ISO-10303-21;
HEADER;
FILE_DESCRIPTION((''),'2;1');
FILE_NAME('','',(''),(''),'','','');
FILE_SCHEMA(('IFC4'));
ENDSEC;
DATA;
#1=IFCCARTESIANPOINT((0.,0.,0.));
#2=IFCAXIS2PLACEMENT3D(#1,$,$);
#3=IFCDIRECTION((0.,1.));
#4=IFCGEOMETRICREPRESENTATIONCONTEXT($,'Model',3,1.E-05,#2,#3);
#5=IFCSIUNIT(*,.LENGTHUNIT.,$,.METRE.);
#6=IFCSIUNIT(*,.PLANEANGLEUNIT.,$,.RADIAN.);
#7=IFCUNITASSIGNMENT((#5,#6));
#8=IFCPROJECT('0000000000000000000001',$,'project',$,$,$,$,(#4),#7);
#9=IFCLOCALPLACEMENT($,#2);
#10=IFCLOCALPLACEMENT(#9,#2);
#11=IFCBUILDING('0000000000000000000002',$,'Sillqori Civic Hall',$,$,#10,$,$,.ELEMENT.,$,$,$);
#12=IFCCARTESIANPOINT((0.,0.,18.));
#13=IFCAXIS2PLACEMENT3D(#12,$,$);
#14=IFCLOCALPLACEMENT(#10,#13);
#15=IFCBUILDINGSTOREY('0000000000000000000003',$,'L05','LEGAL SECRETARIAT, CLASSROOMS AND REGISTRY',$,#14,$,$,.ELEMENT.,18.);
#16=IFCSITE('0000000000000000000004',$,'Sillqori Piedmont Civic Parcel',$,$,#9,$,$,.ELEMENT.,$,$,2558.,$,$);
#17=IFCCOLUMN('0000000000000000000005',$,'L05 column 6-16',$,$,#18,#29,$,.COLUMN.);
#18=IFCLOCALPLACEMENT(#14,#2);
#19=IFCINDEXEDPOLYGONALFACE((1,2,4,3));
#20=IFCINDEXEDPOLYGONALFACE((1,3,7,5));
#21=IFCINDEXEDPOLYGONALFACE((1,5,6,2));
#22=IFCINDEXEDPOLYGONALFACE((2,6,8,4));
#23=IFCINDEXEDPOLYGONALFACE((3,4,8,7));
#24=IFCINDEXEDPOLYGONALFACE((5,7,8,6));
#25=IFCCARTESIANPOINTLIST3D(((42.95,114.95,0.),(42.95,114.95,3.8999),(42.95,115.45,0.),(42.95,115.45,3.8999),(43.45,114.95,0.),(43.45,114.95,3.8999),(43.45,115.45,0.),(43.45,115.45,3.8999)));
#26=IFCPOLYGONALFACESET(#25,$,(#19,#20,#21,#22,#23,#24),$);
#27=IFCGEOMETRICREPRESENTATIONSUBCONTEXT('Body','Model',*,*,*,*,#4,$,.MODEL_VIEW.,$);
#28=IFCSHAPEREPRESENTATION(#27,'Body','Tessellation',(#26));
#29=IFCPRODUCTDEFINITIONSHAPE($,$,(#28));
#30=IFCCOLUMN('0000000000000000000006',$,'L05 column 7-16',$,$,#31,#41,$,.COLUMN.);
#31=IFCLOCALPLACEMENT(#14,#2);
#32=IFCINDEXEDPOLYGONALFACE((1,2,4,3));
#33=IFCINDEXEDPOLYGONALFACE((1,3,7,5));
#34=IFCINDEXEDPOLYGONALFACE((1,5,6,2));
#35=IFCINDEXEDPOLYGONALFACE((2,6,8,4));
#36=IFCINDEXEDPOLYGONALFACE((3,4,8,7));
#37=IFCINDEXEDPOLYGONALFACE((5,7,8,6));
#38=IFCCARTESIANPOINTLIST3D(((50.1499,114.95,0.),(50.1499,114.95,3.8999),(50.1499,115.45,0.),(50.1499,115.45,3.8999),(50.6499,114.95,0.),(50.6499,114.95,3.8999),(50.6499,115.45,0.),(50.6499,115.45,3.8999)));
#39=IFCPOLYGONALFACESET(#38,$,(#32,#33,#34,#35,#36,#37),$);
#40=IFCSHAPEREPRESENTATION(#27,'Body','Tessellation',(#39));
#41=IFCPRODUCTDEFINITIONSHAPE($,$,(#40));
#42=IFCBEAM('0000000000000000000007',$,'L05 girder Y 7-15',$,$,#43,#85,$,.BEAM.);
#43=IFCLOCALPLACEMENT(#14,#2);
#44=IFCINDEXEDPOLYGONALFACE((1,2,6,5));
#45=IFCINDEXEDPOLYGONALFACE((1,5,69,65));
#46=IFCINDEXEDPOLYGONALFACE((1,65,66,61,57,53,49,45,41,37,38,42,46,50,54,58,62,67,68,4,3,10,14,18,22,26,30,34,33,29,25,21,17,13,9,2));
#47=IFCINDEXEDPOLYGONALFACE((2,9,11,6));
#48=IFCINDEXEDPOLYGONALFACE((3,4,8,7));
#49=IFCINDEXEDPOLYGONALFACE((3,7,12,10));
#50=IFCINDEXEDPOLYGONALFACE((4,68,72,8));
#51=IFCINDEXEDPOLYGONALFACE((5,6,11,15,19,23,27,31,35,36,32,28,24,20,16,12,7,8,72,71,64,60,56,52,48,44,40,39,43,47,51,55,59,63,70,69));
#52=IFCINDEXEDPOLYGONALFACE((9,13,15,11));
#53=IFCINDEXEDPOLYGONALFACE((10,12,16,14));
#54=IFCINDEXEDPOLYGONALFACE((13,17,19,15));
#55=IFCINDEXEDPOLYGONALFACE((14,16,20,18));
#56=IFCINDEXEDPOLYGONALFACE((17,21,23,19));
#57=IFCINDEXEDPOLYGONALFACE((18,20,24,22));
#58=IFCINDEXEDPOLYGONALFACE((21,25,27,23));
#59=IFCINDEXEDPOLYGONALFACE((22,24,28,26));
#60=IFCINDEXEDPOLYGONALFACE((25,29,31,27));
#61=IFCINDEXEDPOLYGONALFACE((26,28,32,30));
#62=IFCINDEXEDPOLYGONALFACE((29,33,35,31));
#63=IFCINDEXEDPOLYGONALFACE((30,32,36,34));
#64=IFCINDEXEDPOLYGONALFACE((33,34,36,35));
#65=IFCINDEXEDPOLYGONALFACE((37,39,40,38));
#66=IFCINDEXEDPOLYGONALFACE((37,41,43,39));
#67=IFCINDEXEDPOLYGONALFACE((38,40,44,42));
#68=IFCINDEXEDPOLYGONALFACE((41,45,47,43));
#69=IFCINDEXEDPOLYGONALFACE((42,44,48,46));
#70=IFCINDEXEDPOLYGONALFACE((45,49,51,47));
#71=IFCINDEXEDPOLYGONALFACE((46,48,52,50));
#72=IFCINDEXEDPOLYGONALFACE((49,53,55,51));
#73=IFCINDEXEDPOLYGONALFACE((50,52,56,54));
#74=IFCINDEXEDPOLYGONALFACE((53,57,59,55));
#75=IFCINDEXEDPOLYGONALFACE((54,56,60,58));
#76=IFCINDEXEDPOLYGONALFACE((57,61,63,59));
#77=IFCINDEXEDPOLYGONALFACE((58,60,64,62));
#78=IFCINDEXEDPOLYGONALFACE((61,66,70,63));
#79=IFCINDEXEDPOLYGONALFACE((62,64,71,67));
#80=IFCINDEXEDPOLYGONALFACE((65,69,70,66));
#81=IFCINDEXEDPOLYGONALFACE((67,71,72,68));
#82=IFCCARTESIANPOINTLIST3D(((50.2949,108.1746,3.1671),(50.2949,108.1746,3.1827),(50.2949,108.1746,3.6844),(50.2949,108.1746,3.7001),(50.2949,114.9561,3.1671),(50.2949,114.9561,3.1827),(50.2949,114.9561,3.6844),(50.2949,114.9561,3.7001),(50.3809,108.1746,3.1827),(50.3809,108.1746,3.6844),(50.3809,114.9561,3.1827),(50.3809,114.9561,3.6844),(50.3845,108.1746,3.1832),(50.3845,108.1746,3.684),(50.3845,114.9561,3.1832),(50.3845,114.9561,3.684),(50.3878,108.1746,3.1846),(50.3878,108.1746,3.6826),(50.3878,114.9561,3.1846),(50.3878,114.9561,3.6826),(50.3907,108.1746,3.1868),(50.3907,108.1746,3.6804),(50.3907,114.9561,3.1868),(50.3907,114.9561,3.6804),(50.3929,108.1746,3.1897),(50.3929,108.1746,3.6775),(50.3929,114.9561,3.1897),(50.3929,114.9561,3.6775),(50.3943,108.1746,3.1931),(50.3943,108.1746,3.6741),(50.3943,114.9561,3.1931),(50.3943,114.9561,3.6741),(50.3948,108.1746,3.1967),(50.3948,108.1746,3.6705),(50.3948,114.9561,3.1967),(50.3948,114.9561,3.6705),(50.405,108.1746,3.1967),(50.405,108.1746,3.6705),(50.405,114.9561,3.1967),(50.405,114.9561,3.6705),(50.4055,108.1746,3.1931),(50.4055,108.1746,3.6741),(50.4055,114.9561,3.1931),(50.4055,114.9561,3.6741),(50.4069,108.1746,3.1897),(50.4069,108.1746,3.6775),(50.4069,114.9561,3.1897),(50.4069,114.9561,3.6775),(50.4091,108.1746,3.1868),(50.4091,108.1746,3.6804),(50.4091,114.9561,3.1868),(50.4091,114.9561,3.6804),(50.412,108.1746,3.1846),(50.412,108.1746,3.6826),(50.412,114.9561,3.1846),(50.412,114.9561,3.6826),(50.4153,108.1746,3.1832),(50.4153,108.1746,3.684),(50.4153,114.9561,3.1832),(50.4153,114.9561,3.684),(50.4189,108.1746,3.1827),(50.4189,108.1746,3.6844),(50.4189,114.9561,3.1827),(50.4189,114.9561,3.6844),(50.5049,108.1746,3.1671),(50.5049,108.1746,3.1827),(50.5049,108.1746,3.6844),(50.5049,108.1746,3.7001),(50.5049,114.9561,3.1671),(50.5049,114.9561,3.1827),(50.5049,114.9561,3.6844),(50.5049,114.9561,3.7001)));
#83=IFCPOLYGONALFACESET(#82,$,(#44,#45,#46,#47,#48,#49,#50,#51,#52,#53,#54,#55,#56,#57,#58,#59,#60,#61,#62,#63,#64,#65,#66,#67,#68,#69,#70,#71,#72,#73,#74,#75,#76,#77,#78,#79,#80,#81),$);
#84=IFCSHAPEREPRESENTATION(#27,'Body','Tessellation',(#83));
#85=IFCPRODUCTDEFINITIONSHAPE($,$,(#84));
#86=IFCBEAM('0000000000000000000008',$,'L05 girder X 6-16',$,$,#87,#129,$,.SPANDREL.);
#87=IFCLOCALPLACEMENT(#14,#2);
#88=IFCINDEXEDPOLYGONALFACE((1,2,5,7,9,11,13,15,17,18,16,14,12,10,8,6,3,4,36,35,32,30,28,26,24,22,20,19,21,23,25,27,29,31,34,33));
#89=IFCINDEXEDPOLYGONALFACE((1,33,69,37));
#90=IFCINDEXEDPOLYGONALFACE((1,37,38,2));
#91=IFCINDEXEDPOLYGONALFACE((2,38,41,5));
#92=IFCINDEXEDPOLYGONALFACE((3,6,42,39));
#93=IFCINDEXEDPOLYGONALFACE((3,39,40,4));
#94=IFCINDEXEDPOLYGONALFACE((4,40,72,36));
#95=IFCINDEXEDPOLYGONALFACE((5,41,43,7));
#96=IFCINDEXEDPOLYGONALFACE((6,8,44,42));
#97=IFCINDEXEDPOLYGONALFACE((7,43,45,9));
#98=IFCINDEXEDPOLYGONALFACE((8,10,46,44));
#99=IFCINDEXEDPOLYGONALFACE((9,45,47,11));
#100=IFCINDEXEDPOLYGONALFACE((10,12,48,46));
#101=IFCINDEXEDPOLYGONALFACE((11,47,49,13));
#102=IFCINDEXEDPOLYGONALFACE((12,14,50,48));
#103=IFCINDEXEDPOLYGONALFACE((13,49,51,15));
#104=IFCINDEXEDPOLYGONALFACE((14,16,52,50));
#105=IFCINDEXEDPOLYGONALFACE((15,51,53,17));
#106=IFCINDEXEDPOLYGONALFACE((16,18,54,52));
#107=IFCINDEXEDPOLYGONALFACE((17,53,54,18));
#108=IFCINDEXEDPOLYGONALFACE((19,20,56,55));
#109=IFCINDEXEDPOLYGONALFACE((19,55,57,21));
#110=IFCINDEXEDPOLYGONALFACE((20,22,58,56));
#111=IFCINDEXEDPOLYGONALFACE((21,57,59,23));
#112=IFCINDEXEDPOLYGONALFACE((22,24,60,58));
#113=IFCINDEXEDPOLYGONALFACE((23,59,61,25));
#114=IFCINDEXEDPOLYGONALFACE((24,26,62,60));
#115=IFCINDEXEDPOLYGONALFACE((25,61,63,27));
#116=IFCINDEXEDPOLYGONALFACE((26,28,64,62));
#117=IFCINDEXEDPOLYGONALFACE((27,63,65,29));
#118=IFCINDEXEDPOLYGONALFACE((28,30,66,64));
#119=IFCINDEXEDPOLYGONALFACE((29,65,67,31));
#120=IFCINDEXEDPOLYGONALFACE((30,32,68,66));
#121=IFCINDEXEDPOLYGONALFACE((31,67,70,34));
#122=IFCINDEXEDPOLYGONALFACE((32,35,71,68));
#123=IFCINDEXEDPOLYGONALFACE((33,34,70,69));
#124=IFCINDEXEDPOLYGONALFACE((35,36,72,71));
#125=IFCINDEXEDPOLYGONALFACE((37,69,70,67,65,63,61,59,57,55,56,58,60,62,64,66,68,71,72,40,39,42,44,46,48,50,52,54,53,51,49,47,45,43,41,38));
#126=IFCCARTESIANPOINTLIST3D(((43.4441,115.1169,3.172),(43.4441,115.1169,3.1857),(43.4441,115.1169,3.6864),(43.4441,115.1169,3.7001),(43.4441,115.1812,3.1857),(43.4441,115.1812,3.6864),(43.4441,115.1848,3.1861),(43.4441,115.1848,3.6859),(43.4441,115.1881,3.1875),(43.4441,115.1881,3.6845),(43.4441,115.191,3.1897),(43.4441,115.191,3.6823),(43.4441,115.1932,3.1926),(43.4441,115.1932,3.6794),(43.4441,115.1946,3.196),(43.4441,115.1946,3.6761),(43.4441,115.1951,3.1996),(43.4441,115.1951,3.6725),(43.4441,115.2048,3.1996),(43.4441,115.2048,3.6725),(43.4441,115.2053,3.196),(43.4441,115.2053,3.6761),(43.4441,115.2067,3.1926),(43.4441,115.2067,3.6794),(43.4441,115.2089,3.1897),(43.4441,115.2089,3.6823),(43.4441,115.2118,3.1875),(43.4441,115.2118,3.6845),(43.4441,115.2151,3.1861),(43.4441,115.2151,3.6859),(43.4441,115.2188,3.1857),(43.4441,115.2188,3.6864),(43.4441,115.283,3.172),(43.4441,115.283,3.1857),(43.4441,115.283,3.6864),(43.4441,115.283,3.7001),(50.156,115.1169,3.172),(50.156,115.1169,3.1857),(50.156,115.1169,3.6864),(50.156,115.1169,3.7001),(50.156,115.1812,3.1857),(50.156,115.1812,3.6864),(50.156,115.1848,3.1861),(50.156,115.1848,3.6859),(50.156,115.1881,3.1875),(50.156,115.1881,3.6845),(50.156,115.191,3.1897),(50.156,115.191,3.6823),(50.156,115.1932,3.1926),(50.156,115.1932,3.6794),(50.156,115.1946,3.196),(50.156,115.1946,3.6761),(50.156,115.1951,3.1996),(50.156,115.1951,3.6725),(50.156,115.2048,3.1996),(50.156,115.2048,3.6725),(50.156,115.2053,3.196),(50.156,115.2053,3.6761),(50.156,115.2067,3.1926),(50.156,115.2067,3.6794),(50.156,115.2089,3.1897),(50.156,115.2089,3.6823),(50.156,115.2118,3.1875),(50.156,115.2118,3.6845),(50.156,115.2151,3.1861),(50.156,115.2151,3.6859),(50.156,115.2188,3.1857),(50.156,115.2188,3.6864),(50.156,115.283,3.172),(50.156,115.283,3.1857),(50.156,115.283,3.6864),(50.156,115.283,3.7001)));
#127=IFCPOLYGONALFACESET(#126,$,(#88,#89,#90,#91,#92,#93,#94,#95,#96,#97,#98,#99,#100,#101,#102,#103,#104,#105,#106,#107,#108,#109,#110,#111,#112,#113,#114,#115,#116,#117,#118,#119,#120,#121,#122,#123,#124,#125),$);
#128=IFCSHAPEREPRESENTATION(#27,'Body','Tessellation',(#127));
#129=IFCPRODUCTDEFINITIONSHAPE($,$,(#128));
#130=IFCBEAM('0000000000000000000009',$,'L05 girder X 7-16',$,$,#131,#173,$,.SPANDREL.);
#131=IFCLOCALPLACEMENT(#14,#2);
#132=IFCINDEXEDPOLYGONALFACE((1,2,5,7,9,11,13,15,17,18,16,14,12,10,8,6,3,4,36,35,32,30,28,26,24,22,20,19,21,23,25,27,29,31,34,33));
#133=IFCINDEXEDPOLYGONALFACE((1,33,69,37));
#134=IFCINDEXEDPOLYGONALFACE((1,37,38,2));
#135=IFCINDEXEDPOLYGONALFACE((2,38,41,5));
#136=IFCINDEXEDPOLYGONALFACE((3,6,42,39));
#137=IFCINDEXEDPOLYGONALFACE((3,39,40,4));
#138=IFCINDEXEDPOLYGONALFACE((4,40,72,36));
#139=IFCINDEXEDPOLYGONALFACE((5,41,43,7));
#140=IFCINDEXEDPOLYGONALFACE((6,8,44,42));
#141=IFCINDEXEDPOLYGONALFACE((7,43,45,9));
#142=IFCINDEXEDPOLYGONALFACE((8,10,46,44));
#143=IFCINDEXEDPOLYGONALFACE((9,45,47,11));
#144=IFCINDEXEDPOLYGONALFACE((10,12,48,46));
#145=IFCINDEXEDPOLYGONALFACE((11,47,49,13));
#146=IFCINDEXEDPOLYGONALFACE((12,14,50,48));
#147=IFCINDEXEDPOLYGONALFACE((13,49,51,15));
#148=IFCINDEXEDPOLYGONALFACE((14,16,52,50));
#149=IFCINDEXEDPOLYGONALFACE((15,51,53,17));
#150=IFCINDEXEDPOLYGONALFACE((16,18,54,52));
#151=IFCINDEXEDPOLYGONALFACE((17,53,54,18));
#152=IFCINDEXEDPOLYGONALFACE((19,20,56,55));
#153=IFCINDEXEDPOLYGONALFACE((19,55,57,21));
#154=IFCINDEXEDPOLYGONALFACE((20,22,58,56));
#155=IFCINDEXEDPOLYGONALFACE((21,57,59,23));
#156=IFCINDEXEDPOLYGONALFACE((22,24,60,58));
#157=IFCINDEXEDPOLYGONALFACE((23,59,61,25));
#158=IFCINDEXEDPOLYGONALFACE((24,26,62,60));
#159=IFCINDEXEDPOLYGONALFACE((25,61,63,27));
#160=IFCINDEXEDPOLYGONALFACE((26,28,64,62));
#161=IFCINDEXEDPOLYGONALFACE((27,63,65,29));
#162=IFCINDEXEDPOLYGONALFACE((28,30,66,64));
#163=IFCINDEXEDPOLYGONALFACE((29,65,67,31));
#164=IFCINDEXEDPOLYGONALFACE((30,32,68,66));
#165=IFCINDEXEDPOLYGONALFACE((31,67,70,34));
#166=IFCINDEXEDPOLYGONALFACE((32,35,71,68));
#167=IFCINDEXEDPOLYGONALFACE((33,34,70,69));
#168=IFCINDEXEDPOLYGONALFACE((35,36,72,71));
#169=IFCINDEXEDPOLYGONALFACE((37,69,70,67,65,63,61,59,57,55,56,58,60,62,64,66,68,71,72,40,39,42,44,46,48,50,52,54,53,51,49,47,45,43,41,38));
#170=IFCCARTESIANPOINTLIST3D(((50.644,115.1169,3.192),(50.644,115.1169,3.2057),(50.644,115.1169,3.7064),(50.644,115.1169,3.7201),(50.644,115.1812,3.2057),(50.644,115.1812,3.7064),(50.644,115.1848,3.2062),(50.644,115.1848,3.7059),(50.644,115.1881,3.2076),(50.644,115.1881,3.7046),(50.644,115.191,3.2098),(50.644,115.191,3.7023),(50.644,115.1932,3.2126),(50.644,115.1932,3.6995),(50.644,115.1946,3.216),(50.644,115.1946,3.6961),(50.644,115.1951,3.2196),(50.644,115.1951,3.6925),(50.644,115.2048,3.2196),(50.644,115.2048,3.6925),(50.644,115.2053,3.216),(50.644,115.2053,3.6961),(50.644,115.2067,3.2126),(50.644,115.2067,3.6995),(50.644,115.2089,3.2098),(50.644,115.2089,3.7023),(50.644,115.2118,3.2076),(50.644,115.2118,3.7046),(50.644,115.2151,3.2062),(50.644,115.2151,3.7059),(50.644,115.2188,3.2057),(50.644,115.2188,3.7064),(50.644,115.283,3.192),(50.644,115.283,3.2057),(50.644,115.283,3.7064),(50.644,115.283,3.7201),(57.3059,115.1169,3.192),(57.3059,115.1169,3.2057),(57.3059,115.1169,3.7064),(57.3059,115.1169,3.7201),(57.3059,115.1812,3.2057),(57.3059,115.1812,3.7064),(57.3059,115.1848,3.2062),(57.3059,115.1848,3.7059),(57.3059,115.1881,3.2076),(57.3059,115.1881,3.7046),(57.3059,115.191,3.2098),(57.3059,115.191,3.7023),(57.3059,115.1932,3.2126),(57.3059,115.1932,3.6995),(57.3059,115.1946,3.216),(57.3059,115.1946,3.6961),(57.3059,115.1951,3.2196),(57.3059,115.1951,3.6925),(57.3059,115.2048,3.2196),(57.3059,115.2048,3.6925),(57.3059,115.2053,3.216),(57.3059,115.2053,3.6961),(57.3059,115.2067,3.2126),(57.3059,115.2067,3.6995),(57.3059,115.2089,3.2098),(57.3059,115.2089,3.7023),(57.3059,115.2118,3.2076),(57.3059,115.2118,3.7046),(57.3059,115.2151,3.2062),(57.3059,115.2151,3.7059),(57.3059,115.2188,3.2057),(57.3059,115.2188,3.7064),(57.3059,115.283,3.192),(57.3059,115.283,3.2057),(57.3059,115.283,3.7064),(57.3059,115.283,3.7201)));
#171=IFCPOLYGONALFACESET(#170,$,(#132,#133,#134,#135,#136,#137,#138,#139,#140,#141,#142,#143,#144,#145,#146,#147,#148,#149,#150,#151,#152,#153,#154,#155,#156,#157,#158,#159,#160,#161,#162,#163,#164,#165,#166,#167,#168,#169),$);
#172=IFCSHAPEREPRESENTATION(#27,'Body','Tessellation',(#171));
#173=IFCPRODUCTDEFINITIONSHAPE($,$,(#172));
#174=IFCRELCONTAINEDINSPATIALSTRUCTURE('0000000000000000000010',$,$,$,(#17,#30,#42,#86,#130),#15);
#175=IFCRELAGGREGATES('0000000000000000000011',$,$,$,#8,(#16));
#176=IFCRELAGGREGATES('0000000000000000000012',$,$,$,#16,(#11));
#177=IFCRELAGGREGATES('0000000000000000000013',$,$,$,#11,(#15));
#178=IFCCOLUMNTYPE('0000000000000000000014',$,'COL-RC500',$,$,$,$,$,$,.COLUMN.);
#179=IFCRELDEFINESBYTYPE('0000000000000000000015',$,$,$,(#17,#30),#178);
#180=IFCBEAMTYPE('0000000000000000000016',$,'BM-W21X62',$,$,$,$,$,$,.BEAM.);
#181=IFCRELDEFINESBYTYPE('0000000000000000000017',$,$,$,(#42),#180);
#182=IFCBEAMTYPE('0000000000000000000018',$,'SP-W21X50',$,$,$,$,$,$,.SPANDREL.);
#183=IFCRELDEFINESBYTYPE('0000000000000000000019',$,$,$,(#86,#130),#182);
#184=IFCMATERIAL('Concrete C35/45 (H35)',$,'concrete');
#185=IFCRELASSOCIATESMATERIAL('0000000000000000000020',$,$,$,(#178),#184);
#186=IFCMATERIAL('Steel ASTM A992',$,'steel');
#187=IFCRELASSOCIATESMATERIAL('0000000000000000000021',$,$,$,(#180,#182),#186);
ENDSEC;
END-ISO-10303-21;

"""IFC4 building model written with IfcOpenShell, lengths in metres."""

from ifc_helpers import new_model, si_unit, direction, frame, origin, origin_2d, place, context, subcontext, project, spatial, rectangle, i_section, extrude, material, material_profile, profile_set, type_object, element, save


model = new_model("IFC4")

# Units and contexts
model_context = context("Model", 3, precision=1e-05, world=origin(), true_north=direction((0.0, 1.0)))
body_context = subcontext(model_context, "Body", "Model", "MODEL_VIEW")
ifc_project = project(units=[si_unit("LENGTHUNIT", "METRE"), si_unit("PLANEANGLEUNIT", "RADIAN")], contexts=[model_context])

# Site, building, storey
site_placement = place(None, origin())
site = spatial("IfcSite", under=ifc_project, at=site_placement, Name="Sillqori Piedmont Civic Parcel", CompositionType="ELEMENT", RefElevation=2558.0)
building_placement = place(site_placement, origin())
building = spatial("IfcBuilding", under=site, at=building_placement, Name="Sillqori Civic Hall", CompositionType="ELEMENT")
storey_placement = place(building_placement, frame((0.0, 0.0, 18.0)))
storey = spatial("IfcBuildingStorey", under=building, at=storey_placement, Name="L05", Description="LEGAL SECRETARIAT, CLASSROOMS AND REGISTRY", CompositionType="ELEMENT", Elevation=18.0)

# Columns
ifc_material_1 = material(Name="Concrete C35/45 (H35)", Category="concrete")
ifc_material_profile_1 = material_profile(ifc_material_1, rectangle(XDim=0.5, YDim=0.5, at=origin_2d()), Name="RC 500x500")
ifc_profile_set_1 = profile_set([ifc_material_profile_1], Name="Concrete C35/45 (H35)")
column_type = type_object("IfcColumnType", Name="COL-RC500", PredefinedType="COLUMN", material=ifc_profile_set_1)
for number, where, z_axis, x_axis, name in (
    (1, (43.2, 115.2, 0.0), (0.0, 0.0, 1.0), (1.0, 0.0, 0.0), "L05 column 6-16"),
    (2, (50.3999, 115.2, 0.0), (0.0, 0.0, 1.0), (1.0, 0.0, 0.0), "L05 column 7-16"),
):
    element("IfcColumn", number, at=place(storey_placement, frame(where, z_axis=z_axis, x_axis=x_axis)), inside=storey, type_object=column_type, Name=name, PredefinedType="COLUMN", context=body_context, shape_type="SweptSolid", body=[
        extrude(rectangle(XDim=0.5, YDim=0.5, at=origin_2d()), origin(), (0.0, 0.0, 1.0), 3.8999),
    ])

# Beams
ifc_material_2 = material(Name="Steel ASTM A992", Category="steel")
ifc_material_profile_2 = material_profile(ifc_material_2, i_section(OverallWidth=0.21, OverallDepth=0.533, WebThickness=0.0103, FlangeThickness=0.0156, FilletRadius=0.0139, at=origin_2d()), Name="W21X62")
ifc_profile_set_2 = profile_set([ifc_material_profile_2], Name="Steel ASTM A992")
beam_type_1 = type_object("IfcBeamType", Name="BM-W21X62", PredefinedType="BEAM", material=ifc_profile_set_2)
beam_1_placement = place(storey_placement, frame((50.3999, 108.1746, 3.4336), z_axis=(0.0, 1.0, 0.0), x_axis=(-1.0, 0.0, 0.0)))
element("IfcBeam", 3, at=beam_1_placement, inside=storey, type_object=beam_type_1, Name="L05 girder Y 7-15", PredefinedType="BEAM", context=body_context, shape_type="SweptSolid", body=[
    extrude(i_section(OverallWidth=0.21, OverallDepth=0.533, WebThickness=0.0103, FlangeThickness=0.0156, FilletRadius=0.0139, at=origin_2d()), origin(), (0.0, 0.0, 1.0), 6.7815),
])
ifc_material_profile_3 = material_profile(ifc_material_2, i_section(OverallWidth=0.166, OverallDepth=0.5281, WebThickness=0.0098, FlangeThickness=0.0137, FilletRadius=0.0139, at=origin_2d()), Name="W21X50")
ifc_profile_set_3 = profile_set([ifc_material_profile_3], Name="Steel ASTM A992")
beam_type_2 = type_object("IfcBeamType", Name="SP-W21X50", PredefinedType="SPANDREL", material=ifc_profile_set_3)
beam_2_placement = place(storey_placement, frame((43.4441, 115.2, 3.436), z_axis=(1.0, 0.0, 0.0), x_axis=(0.0, 1.0, 0.0)))
element("IfcBeam", 4, at=beam_2_placement, inside=storey, type_object=beam_type_2, Name="L05 girder X 6-16", PredefinedType="SPANDREL", context=body_context, shape_type="SweptSolid", body=[
    extrude(i_section(OverallWidth=0.166, OverallDepth=0.5281, WebThickness=0.0098, FlangeThickness=0.0137, FilletRadius=0.0139, at=origin_2d()), origin(), (0.0, 0.0, 1.0), 6.7119),
])
beam_3_placement = place(storey_placement, frame((50.644, 115.2, 3.4561), z_axis=(1.0, 0.0, 0.0), x_axis=(0.0, 1.0, 0.0)))
element("IfcBeam", 5, at=beam_3_placement, inside=storey, type_object=beam_type_2, Name="L05 girder X 7-16", PredefinedType="SPANDREL", context=body_context, shape_type="SweptSolid", body=[
    extrude(i_section(OverallWidth=0.166, OverallDepth=0.5281, WebThickness=0.0098, FlangeThickness=0.0137, FilletRadius=0.0139, at=origin_2d()), origin(), (0.0, 0.0, 1.0), 6.6619),
])

save(model, "model.ifc")
